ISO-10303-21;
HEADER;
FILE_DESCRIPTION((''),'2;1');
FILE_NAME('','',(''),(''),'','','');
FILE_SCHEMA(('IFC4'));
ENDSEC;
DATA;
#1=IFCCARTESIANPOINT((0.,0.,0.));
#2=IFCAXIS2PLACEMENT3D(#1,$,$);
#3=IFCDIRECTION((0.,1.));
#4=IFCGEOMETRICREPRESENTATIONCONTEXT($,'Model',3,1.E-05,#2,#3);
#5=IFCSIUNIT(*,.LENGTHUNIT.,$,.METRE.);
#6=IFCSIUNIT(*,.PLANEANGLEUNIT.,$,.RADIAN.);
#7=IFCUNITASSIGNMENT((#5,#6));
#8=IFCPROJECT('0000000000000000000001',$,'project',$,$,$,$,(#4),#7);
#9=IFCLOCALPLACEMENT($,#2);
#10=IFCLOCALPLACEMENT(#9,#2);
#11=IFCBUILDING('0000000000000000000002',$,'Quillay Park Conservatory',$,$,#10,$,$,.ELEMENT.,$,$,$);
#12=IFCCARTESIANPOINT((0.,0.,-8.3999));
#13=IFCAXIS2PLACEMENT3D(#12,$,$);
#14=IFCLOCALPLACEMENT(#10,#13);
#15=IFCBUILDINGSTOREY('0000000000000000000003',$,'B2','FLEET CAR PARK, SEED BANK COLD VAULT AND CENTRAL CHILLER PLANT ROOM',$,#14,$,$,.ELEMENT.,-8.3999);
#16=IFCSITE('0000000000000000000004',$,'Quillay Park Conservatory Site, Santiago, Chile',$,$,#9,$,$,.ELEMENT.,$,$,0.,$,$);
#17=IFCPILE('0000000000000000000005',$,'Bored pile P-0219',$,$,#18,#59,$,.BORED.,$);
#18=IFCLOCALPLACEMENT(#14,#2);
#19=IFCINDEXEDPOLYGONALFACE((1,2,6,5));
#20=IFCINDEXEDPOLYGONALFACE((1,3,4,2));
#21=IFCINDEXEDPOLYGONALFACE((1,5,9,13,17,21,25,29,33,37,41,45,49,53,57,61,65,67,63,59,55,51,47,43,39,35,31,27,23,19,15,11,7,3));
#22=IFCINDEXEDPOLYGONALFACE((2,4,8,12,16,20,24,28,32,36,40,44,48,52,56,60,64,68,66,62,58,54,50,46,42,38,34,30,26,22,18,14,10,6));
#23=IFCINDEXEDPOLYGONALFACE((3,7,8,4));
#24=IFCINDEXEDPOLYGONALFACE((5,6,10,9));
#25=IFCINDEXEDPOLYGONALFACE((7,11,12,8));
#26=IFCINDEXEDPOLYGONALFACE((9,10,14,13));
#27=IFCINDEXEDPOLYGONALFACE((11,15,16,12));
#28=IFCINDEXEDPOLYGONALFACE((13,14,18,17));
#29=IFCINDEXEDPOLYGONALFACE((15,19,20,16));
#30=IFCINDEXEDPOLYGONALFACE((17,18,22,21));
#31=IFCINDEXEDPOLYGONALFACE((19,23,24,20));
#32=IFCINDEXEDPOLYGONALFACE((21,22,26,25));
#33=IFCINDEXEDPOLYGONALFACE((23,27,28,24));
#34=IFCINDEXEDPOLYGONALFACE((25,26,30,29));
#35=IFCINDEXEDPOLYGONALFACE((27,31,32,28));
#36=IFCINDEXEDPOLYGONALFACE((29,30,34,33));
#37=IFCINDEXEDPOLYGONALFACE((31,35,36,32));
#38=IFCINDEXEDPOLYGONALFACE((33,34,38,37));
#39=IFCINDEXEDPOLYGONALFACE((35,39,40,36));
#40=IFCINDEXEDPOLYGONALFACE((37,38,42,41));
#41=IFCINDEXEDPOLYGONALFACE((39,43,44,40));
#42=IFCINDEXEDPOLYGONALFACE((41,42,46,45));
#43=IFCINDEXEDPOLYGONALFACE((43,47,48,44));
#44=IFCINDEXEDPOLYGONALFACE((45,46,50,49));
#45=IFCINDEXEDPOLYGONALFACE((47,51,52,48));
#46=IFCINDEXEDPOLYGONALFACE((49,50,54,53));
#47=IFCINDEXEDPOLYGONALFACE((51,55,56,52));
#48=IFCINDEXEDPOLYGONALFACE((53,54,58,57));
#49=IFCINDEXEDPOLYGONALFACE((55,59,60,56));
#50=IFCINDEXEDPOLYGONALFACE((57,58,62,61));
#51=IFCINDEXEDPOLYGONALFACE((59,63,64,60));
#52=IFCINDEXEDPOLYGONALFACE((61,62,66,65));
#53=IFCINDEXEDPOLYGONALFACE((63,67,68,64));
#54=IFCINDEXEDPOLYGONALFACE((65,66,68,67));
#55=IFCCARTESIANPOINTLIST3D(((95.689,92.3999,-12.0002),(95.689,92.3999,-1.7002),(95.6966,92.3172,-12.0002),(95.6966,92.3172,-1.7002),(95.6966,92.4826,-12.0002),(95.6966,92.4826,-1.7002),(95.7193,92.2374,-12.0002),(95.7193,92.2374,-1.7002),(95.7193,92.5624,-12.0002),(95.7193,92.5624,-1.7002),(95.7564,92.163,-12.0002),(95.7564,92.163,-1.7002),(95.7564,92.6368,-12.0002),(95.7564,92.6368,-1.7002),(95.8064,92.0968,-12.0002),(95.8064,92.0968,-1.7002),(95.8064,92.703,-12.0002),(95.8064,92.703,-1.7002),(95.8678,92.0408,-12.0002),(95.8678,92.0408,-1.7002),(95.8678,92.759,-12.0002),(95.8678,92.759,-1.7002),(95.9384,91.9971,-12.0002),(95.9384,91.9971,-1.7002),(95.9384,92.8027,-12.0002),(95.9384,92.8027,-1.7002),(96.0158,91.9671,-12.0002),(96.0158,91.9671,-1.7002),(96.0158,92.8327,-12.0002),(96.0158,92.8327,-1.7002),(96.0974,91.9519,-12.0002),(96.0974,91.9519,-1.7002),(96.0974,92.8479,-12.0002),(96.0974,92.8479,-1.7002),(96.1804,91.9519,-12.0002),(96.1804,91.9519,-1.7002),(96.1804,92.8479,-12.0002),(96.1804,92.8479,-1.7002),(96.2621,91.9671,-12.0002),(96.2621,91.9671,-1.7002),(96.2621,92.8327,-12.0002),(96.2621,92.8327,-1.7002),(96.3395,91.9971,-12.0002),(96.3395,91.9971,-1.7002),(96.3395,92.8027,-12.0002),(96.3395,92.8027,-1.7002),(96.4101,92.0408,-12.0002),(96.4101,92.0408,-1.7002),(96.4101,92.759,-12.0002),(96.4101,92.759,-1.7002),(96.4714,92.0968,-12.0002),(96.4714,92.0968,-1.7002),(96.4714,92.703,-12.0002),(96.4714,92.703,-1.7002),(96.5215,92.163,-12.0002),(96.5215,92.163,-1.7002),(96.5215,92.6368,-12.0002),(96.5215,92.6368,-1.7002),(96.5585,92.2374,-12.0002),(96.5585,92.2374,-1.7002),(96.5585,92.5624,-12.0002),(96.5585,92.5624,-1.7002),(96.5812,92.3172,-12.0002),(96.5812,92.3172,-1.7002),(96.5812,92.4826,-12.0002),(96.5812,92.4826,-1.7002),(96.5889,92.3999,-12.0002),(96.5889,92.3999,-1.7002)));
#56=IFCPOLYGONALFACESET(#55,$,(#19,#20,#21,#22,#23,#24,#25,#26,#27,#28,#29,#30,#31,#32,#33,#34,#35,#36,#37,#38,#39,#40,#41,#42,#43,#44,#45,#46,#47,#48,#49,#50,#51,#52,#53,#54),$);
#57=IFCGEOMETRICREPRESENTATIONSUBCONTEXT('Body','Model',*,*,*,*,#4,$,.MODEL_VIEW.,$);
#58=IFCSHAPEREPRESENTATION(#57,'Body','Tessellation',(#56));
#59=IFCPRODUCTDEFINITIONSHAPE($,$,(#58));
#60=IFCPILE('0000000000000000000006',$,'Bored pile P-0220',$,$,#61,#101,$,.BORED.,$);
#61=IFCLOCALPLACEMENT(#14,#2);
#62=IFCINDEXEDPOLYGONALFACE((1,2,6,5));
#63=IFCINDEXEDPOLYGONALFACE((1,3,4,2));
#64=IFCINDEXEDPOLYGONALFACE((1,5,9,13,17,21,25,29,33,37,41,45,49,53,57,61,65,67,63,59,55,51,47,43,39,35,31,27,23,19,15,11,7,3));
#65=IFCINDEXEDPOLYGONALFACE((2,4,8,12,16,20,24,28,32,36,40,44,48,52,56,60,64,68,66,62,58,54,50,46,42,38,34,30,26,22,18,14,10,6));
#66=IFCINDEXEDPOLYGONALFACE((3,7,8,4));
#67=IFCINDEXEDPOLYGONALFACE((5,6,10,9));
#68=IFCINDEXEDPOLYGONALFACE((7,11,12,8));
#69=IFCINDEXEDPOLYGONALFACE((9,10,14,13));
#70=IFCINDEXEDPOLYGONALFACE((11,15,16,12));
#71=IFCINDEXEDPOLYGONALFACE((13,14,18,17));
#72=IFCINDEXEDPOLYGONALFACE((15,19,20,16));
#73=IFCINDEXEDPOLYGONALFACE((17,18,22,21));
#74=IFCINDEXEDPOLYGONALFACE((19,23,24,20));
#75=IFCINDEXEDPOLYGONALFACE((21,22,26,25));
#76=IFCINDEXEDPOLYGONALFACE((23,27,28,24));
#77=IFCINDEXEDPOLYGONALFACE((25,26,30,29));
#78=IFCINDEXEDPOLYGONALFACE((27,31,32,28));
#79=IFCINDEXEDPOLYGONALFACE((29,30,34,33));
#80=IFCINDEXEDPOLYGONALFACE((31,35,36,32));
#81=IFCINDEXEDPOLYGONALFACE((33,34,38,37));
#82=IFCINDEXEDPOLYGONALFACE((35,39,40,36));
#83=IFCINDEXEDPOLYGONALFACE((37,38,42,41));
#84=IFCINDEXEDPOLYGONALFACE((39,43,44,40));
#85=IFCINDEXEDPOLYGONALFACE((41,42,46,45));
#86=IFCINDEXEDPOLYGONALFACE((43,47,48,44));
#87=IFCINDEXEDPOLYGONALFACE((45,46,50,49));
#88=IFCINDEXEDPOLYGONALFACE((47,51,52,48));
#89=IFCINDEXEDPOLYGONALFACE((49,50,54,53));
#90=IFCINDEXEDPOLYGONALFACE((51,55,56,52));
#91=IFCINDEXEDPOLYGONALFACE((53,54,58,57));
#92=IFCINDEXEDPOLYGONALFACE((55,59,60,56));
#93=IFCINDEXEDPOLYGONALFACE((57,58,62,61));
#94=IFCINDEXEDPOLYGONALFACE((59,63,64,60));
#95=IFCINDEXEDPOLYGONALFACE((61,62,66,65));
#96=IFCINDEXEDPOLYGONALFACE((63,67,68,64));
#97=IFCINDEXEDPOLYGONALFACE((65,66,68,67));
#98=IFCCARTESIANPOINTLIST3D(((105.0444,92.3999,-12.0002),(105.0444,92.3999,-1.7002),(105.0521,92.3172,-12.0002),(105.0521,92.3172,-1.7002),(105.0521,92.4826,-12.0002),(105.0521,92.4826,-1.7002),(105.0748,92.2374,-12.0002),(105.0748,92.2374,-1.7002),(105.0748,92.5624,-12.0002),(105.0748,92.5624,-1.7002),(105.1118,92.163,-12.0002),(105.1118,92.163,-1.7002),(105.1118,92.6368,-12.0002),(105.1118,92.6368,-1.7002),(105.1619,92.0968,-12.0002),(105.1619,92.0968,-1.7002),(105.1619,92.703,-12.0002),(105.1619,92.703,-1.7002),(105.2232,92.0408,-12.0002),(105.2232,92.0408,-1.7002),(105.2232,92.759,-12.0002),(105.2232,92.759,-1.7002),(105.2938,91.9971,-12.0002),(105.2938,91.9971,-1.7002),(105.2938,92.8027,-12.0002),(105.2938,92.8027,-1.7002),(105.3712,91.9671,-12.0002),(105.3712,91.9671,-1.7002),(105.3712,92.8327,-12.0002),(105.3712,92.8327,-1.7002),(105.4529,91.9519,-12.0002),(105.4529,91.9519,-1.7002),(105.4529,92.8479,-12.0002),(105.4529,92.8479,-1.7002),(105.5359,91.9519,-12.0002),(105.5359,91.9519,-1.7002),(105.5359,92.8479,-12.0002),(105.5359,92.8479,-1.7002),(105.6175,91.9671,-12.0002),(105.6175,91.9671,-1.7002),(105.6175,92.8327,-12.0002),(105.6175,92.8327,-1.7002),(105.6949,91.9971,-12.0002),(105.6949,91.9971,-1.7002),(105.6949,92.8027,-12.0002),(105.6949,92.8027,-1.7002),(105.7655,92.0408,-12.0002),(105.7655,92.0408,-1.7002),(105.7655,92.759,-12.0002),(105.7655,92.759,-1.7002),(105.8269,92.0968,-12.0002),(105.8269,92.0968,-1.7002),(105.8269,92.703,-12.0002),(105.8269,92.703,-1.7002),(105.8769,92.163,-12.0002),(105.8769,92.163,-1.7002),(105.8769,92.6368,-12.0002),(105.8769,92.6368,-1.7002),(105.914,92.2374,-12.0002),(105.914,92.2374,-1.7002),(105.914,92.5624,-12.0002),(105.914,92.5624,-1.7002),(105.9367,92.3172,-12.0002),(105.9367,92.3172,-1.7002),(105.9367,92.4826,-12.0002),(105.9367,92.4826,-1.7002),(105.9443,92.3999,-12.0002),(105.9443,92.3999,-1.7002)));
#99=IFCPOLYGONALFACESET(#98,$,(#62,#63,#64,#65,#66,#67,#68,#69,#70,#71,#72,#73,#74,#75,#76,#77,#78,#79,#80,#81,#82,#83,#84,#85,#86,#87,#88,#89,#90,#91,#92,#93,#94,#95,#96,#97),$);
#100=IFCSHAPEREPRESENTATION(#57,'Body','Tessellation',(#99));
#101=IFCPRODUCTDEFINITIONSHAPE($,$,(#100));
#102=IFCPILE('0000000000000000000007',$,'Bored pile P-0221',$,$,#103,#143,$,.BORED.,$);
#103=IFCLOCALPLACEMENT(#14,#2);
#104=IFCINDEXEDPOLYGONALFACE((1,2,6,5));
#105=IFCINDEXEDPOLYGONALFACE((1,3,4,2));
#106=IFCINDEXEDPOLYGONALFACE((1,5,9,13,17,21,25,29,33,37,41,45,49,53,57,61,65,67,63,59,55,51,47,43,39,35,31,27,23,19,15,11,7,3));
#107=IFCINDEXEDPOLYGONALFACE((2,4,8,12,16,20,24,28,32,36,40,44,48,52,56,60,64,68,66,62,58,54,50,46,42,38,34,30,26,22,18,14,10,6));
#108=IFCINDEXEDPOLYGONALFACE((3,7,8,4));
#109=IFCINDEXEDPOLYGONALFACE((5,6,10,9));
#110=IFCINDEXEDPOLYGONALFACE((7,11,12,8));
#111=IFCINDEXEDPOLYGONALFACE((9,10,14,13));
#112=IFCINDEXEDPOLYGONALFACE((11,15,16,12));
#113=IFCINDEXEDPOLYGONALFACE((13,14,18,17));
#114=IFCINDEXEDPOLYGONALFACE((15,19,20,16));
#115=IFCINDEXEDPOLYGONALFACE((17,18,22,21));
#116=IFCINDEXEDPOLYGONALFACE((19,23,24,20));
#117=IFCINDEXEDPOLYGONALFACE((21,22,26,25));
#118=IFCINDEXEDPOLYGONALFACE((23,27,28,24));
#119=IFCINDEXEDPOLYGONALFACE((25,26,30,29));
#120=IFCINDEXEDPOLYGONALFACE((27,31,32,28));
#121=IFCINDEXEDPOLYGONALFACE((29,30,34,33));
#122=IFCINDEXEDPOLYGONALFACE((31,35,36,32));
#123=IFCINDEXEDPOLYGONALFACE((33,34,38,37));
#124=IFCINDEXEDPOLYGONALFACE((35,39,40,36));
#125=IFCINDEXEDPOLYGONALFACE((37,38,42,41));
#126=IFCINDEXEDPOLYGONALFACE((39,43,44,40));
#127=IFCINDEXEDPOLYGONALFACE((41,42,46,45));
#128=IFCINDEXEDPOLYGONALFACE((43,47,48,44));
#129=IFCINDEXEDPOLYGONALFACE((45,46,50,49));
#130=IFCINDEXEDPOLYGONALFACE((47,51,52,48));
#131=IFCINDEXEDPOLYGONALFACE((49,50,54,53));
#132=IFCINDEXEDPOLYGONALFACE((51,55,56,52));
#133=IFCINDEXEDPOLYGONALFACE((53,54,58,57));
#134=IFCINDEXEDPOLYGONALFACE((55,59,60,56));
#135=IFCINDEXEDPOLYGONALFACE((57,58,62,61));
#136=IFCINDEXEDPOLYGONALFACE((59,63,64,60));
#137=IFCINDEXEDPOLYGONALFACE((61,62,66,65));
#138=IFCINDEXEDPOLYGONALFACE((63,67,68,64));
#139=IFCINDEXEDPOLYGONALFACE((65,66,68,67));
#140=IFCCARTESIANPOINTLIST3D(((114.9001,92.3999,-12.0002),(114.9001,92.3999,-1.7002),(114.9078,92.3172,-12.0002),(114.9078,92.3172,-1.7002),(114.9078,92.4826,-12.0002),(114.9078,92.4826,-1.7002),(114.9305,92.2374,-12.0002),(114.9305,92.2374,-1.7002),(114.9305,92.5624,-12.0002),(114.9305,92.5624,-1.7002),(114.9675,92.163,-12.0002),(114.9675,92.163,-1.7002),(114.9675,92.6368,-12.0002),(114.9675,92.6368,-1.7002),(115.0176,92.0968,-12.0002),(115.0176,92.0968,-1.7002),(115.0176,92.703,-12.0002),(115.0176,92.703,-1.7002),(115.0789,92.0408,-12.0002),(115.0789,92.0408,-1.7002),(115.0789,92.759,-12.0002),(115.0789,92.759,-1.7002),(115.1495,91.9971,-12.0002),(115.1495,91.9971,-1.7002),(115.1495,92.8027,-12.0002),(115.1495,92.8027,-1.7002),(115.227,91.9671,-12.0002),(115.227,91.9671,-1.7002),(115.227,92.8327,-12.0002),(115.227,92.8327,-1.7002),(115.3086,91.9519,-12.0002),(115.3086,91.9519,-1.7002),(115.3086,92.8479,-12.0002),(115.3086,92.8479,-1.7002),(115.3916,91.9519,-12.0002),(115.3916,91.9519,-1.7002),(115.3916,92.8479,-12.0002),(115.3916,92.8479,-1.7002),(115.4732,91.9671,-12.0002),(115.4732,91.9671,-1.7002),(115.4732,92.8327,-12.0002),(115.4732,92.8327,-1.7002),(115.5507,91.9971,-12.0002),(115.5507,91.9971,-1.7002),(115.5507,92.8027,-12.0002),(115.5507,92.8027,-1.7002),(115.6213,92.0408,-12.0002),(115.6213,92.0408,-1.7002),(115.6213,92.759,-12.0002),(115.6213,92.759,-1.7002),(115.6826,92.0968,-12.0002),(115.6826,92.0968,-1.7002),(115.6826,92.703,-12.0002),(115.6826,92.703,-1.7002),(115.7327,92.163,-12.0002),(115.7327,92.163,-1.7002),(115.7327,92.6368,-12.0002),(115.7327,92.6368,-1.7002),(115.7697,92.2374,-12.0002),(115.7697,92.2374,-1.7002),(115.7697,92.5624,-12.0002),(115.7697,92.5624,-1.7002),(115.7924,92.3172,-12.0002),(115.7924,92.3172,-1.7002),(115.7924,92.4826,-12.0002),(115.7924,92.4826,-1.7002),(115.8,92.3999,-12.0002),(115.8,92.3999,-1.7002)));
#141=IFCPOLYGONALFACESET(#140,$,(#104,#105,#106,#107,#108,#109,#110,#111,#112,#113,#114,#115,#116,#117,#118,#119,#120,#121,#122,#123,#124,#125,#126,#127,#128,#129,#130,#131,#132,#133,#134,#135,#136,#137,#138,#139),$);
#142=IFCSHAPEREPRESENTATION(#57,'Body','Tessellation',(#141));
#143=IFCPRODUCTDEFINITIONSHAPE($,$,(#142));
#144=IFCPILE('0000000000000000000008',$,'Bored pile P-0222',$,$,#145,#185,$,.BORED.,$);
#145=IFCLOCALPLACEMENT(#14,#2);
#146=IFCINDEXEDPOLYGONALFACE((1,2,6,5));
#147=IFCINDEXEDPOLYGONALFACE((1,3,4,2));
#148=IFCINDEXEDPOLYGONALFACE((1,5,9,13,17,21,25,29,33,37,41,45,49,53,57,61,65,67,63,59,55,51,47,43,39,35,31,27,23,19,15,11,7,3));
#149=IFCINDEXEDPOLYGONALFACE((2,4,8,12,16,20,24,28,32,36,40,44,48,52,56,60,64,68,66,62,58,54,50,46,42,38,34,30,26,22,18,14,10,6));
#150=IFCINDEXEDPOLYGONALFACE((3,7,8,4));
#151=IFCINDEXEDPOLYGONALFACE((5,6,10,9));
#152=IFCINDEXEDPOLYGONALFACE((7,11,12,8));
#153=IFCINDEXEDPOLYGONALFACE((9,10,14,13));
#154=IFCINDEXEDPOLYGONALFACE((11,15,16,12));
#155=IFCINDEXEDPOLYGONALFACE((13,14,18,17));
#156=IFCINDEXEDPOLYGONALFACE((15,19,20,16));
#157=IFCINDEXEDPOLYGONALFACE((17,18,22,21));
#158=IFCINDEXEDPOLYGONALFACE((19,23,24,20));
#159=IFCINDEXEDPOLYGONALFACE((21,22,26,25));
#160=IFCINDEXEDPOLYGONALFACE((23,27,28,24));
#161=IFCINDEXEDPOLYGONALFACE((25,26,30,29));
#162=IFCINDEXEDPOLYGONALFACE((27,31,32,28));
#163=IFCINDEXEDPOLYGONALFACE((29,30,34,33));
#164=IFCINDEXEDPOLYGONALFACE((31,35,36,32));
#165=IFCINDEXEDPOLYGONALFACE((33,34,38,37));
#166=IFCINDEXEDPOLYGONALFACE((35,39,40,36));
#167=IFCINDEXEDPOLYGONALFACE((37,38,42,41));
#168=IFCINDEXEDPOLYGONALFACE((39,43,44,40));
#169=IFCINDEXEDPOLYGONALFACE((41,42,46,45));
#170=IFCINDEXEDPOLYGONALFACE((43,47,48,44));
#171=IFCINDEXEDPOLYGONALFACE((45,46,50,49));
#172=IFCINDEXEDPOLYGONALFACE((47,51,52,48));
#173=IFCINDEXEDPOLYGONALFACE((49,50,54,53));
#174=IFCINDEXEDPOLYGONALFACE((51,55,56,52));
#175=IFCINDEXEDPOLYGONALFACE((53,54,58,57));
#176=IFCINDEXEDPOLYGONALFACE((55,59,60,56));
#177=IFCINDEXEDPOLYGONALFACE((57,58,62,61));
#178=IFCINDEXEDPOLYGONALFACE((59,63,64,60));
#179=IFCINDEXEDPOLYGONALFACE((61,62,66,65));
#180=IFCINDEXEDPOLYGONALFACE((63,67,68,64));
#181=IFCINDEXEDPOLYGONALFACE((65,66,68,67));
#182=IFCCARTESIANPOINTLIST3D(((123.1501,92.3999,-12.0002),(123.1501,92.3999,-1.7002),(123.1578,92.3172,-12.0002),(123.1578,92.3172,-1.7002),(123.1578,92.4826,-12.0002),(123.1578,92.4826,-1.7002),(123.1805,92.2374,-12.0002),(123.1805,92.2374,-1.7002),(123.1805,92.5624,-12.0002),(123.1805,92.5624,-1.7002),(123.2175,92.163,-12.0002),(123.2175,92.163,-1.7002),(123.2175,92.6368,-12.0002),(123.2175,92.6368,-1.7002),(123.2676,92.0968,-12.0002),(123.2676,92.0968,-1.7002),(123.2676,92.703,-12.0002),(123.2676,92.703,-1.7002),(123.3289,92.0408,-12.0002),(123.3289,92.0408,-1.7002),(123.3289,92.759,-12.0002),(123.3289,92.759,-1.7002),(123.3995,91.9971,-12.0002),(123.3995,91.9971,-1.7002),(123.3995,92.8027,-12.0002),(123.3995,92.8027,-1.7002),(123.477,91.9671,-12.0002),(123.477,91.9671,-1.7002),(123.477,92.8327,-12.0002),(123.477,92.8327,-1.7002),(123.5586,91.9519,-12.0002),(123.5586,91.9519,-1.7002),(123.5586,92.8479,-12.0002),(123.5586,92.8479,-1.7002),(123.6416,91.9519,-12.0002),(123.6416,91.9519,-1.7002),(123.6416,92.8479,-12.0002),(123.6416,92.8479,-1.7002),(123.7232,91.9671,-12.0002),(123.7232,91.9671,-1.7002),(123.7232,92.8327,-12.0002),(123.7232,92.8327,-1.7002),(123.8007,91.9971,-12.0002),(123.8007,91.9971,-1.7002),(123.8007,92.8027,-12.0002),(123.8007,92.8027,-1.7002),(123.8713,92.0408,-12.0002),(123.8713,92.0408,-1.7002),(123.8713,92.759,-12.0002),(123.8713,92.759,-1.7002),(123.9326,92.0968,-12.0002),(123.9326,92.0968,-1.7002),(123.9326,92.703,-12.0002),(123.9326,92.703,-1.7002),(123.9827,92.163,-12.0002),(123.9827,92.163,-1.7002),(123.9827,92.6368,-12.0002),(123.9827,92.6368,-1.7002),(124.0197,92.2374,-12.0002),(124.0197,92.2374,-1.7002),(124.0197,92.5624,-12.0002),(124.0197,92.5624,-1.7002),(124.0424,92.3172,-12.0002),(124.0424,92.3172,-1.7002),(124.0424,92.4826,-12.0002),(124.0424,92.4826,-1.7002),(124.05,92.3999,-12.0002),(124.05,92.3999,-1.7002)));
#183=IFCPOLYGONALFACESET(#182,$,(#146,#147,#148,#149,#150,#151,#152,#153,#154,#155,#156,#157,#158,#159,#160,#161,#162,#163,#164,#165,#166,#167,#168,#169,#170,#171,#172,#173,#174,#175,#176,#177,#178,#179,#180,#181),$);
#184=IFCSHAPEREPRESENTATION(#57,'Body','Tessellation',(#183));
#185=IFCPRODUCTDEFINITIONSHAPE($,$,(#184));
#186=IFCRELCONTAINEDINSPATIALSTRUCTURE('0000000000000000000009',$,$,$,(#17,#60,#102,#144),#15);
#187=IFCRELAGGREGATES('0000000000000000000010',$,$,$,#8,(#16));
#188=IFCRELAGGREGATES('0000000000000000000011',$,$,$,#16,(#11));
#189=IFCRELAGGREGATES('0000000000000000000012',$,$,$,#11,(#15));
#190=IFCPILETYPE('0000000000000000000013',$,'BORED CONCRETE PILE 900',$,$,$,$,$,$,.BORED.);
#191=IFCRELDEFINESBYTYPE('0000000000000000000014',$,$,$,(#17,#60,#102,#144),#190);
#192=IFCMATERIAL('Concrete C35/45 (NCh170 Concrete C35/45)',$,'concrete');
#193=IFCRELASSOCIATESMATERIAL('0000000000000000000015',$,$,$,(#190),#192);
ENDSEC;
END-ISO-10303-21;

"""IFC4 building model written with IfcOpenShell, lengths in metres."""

from ifc_helpers import new_model, si_unit, direction, frame, origin, origin_2d, place, context, subcontext, project, spatial, circle, extrude, material, material_profile, profile_set, type_object, element, save


model = new_model("IFC4")

# Units and contexts
model_context = context("Model", 3, precision=1e-05, world=origin(), true_north=direction((0.0, 1.0)))
body_context = subcontext(model_context, "Body", "Model", "MODEL_VIEW")
ifc_project = project(units=[si_unit("LENGTHUNIT", "METRE"), si_unit("PLANEANGLEUNIT", "RADIAN")], contexts=[model_context])

# Site, building, storey
site_placement = place(None, origin())
site = spatial("IfcSite", under=ifc_project, at=site_placement, Name="Quillay Park Conservatory Site, Santiago, Chile", CompositionType="ELEMENT", RefElevation=0.0)
building_placement = place(site_placement, origin())
building = spatial("IfcBuilding", under=site, at=building_placement, Name="Quillay Park Conservatory", CompositionType="ELEMENT")
storey_placement = place(building_placement, frame((0.0, 0.0, -8.3999)))
storey = spatial("IfcBuildingStorey", under=building, at=storey_placement, Name="B2", Description="FLEET CAR PARK, SEED BANK COLD VAULT AND CENTRAL CHILLER PLANT ROOM", CompositionType="ELEMENT", Elevation=-8.3999)

# Piles
ifc_material_1 = material(Name="Concrete C35/45 (NCh170 Concrete C35/45)", Category="concrete")
ifc_material_profile_1 = material_profile(ifc_material_1, circle(Radius=0.45, at=origin_2d()), Name="PILE900")
ifc_profile_set_1 = profile_set([ifc_material_profile_1], Name="Concrete C35/45 (NCh170 Concrete C35/45)")
pile_type = type_object("IfcPileType", Name="BORED CONCRETE PILE 900", PredefinedType="BORED", material=ifc_profile_set_1)
for number, where, z_axis, x_axis, name in (
    (1, (96.1389, 92.3999, -1.7002), (0.0, 0.0, -1.0), (1.0, 0.0, 0.0), "Bored pile P-0219"),
    (2, (105.4944, 92.3999, -1.7002), (0.0, 0.0, -1.0), (1.0, 0.0, 0.0), "Bored pile P-0220"),
    (3, (115.3501, 92.3999, -1.7002), (0.0, 0.0, -1.0), (1.0, 0.0, 0.0), "Bored pile P-0221"),
    (4, (123.6001, 92.3999, -1.7002), (0.0, 0.0, -1.0), (1.0, 0.0, 0.0), "Bored pile P-0222"),
):
    element("IfcPile", number, at=place(storey_placement, frame(where, z_axis=z_axis, x_axis=x_axis)), inside=storey, type_object=pile_type, Name=name, PredefinedType="BORED", context=body_context, shape_type="SweptSolid", body=[
        extrude(circle(Radius=0.45, at=origin_2d()), origin(), (0.0, 0.0, 1.0), 10.3),
    ])

save(model, "model.ifc")
